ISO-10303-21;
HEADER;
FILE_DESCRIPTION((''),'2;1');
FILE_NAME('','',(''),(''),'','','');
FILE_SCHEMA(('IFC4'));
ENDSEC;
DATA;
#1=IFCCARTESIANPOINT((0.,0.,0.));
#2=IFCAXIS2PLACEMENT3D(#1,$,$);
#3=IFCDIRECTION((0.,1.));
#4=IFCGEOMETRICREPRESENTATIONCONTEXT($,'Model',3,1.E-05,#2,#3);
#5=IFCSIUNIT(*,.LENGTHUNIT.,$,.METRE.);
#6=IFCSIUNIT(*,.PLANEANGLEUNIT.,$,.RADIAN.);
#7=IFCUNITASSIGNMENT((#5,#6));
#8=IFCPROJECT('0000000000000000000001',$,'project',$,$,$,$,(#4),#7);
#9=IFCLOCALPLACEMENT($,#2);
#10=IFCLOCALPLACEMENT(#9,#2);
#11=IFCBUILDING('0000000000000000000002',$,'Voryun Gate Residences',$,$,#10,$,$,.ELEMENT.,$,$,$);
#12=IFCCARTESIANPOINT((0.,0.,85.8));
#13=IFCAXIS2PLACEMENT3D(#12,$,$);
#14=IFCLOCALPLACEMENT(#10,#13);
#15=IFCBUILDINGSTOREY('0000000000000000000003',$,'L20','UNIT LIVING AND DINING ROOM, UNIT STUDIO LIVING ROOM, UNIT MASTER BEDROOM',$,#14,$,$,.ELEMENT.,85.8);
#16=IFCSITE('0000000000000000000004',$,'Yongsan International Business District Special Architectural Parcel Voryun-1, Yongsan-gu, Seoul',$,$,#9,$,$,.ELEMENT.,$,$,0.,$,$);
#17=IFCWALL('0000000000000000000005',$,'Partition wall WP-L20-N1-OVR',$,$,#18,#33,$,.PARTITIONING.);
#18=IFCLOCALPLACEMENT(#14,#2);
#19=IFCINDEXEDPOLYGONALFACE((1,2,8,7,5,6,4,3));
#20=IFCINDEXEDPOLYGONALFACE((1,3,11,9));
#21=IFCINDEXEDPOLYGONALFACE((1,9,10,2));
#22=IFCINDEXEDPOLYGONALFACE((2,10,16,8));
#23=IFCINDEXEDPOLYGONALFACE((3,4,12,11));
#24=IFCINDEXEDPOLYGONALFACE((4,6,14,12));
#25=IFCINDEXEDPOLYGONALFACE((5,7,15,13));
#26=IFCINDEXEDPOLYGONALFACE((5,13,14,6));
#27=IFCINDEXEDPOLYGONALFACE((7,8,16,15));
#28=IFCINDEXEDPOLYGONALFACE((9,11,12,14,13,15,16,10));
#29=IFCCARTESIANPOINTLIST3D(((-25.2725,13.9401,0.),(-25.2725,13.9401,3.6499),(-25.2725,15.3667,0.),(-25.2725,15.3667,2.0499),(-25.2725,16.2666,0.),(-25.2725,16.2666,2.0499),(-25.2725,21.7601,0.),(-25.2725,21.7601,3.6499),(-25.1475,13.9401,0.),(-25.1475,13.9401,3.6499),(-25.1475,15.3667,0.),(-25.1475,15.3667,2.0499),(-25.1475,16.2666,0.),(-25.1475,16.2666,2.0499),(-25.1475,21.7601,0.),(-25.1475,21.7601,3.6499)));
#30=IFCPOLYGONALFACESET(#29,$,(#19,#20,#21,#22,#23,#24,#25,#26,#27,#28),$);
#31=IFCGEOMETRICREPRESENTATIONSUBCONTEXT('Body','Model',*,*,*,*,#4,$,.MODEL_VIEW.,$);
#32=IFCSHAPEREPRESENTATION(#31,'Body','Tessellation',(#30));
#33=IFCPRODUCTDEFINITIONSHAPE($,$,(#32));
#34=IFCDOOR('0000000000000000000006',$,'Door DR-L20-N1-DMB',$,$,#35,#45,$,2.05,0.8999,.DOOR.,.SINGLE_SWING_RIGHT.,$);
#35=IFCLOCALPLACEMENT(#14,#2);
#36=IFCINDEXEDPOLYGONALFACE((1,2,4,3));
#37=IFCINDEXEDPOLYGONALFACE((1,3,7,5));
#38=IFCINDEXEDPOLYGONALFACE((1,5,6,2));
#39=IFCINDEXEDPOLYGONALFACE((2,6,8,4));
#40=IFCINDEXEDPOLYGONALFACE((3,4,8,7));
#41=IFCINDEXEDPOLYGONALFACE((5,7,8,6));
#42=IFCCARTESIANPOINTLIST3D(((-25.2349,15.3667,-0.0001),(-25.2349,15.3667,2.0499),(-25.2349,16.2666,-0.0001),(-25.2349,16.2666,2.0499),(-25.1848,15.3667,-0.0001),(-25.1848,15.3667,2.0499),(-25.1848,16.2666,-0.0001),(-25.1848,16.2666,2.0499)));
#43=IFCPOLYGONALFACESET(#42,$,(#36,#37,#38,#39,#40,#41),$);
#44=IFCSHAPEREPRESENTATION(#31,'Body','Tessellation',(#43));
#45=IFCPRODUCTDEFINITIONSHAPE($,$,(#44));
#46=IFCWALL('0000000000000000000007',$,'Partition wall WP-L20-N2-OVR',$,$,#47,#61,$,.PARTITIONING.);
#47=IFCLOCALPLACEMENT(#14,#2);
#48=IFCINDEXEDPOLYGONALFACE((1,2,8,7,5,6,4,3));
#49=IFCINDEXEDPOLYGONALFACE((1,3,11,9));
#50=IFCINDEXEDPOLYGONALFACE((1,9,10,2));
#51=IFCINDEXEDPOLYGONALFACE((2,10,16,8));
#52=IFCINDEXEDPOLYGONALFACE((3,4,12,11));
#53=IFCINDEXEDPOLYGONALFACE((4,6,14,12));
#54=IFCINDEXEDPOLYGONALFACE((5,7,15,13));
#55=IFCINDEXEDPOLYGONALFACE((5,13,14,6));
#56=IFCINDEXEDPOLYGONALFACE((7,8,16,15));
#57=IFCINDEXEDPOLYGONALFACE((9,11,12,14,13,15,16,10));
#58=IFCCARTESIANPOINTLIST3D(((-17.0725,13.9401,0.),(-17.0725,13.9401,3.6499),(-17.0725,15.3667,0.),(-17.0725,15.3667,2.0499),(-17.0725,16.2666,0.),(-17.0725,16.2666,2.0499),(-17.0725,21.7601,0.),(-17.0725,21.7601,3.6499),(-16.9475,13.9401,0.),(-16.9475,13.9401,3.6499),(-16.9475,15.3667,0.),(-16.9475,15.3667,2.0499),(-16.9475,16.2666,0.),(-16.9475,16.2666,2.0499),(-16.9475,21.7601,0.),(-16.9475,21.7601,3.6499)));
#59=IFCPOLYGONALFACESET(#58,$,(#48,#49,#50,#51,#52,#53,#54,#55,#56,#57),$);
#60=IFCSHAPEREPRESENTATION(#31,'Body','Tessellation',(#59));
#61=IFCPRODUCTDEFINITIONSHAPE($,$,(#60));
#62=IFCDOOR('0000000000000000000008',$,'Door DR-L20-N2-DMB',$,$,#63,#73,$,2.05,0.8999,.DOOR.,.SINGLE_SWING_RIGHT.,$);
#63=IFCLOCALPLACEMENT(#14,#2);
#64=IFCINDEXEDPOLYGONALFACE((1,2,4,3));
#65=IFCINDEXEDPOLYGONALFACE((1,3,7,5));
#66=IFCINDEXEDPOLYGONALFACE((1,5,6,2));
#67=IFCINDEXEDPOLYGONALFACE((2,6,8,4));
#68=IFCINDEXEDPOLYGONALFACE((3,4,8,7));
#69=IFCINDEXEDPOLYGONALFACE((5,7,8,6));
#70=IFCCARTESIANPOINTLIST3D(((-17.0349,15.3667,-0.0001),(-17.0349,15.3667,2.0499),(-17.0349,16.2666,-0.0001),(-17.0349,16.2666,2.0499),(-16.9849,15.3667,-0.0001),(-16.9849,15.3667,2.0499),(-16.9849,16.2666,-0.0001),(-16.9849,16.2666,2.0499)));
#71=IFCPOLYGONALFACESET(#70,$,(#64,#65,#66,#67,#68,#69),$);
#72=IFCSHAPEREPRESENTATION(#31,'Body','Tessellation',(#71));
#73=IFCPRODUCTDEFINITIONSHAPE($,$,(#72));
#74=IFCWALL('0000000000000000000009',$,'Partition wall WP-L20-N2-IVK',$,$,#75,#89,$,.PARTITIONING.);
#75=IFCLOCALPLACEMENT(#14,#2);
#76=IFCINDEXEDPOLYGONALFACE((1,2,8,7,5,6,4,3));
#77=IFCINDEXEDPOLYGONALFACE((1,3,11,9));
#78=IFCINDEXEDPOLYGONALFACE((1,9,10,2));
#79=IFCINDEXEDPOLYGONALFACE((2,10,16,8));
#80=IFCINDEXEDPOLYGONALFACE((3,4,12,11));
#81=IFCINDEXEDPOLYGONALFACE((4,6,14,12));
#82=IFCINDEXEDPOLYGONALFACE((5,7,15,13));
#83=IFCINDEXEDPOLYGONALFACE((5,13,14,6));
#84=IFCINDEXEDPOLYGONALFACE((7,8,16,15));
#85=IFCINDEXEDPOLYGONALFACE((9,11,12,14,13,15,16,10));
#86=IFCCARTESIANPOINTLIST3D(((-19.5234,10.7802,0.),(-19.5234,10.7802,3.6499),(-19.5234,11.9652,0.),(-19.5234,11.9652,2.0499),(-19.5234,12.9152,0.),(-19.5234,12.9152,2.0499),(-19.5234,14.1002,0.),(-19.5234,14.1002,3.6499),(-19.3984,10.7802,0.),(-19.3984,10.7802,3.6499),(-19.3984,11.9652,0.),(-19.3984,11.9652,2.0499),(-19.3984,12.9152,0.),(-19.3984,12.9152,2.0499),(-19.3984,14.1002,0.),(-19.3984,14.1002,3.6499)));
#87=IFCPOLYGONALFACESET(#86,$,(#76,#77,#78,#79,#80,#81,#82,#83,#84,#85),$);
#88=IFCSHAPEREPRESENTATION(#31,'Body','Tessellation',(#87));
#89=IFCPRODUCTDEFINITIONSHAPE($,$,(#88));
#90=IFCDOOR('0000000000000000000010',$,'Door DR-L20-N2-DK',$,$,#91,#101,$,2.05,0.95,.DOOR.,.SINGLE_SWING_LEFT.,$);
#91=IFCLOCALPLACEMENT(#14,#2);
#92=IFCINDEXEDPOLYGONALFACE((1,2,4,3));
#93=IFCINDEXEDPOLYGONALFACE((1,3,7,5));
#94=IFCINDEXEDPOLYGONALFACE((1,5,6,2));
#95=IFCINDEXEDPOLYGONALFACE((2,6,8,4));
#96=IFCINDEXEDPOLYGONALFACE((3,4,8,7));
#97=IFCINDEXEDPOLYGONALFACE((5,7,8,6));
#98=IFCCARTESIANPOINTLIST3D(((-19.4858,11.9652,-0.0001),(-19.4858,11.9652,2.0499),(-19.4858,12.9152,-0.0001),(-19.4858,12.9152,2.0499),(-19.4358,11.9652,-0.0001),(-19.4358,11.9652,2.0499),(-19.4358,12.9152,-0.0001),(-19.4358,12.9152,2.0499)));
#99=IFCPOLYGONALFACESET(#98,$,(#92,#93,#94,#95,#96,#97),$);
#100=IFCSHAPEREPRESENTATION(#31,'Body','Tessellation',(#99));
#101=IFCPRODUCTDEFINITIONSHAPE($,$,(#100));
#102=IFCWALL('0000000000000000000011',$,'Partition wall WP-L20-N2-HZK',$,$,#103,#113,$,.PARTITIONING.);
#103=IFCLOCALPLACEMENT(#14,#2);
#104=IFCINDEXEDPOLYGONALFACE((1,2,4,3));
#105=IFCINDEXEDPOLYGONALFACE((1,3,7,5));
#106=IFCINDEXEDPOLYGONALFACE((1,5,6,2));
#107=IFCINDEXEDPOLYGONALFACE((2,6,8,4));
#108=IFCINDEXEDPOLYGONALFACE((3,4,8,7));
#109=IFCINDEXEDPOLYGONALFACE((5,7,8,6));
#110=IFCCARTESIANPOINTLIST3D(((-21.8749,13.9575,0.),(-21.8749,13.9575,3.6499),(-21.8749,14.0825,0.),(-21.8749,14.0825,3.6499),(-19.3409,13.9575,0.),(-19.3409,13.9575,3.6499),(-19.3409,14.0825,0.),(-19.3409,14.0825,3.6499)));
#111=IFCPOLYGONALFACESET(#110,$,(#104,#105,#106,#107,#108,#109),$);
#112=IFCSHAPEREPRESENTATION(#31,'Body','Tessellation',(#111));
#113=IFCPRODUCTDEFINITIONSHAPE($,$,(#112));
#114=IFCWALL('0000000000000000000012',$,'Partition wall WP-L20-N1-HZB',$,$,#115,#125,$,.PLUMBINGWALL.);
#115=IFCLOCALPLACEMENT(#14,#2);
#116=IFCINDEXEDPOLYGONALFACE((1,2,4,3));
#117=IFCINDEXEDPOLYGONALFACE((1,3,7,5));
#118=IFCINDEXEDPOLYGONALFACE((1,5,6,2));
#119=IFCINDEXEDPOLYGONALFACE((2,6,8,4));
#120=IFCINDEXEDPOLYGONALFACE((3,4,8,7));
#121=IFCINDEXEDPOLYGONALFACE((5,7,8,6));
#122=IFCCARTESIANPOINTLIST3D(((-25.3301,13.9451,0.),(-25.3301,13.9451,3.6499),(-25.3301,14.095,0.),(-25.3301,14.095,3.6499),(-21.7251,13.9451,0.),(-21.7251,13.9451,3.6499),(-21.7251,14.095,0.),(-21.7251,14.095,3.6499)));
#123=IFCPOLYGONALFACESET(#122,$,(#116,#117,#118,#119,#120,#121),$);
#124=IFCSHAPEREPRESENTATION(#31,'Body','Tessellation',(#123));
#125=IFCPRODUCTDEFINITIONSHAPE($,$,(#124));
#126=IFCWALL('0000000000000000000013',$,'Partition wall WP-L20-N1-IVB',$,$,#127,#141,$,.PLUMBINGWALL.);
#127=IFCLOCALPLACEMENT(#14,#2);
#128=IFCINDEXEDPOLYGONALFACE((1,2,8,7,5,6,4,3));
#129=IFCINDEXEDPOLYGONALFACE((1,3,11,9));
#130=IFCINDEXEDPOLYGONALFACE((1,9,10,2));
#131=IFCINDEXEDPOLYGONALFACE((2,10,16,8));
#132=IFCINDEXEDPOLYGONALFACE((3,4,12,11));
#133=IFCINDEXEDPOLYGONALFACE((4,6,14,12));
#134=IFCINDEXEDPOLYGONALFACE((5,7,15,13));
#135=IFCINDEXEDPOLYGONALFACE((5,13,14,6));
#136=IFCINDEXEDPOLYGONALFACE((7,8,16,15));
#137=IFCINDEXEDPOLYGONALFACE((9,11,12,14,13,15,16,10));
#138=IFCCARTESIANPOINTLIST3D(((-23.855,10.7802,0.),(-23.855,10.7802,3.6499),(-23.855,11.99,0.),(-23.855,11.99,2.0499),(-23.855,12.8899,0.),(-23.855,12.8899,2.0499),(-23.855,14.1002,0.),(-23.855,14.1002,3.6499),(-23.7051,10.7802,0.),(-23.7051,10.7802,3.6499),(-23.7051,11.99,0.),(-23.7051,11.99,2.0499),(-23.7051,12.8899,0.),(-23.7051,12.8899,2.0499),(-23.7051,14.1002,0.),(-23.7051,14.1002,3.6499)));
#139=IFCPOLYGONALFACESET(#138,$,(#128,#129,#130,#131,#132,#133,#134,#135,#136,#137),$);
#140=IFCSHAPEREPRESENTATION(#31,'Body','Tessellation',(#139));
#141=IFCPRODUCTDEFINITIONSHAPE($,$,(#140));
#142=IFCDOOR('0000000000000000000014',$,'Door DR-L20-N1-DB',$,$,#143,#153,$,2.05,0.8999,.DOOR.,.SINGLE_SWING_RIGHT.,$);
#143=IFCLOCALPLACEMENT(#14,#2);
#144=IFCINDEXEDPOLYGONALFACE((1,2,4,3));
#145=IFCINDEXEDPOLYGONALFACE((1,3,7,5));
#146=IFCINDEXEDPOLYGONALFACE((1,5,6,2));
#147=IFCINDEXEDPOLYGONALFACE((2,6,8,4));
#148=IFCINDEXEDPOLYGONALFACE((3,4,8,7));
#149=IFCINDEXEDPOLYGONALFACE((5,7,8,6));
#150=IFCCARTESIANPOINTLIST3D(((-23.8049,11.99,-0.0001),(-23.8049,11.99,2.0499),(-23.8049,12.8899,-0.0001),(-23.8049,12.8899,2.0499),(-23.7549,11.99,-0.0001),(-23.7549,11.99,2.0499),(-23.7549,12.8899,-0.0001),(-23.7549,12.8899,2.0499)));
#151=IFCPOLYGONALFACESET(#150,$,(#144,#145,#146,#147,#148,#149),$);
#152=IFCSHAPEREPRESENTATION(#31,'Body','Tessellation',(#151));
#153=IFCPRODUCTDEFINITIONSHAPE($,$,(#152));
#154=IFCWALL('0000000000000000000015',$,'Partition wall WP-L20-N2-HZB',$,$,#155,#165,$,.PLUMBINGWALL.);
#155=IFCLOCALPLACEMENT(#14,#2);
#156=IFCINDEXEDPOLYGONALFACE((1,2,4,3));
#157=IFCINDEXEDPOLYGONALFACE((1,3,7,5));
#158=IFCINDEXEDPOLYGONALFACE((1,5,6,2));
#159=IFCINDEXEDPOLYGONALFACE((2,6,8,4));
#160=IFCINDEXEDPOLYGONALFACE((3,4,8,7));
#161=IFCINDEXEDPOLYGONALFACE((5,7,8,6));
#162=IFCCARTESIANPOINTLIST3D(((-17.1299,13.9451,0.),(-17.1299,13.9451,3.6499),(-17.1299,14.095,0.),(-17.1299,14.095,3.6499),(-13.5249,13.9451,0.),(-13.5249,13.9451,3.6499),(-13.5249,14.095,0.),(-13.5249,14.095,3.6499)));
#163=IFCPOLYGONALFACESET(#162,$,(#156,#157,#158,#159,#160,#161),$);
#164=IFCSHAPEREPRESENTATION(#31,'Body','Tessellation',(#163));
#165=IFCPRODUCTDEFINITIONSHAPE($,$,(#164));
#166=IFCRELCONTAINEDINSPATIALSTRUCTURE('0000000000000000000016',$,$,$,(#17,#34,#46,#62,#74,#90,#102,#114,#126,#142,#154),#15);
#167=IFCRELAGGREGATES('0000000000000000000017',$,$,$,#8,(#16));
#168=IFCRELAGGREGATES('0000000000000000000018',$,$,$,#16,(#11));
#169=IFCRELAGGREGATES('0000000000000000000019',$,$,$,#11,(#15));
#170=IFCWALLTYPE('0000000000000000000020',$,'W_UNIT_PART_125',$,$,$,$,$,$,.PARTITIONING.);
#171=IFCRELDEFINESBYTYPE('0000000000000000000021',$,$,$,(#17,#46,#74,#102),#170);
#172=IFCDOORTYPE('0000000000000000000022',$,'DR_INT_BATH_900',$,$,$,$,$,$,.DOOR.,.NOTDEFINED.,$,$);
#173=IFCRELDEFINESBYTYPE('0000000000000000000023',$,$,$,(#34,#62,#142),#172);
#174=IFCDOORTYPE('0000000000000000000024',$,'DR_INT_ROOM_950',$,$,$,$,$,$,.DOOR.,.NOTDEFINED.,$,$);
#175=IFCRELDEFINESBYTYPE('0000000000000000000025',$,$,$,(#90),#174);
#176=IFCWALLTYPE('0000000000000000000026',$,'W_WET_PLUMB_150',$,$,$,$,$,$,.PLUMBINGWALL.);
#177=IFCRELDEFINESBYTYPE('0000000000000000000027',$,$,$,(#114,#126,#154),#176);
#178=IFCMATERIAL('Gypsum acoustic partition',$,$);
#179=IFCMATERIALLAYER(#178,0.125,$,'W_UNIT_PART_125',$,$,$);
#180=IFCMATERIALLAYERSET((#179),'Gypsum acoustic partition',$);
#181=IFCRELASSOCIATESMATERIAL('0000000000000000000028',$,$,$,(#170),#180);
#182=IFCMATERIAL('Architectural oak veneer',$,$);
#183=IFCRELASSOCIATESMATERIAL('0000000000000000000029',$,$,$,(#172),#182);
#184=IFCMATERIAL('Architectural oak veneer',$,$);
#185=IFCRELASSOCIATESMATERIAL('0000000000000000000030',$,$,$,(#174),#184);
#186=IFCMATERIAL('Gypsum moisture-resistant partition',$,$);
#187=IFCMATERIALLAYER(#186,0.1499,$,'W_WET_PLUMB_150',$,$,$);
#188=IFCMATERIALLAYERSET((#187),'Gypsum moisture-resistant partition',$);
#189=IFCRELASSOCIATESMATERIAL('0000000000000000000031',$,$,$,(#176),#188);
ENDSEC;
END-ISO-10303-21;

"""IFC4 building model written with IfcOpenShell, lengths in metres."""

from ifc_helpers import new_model, si_unit, direction, frame, frame_2d, origin, place, context, subcontext, project, spatial, rectangle, extrude, material, layer, layer_set, type_object, element, fill, save


model = new_model("IFC4")

# Units and contexts
model_context = context("Model", 3, precision=1e-05, world=origin(), true_north=direction((0.0, 1.0)))
body_context = subcontext(model_context, "Body", "Model", "MODEL_VIEW")
ifc_project = project(units=[si_unit("LENGTHUNIT", "METRE"), si_unit("PLANEANGLEUNIT", "RADIAN")], contexts=[model_context])

# Site, building, storey
site_placement = place(None, origin())
site = spatial("IfcSite", under=ifc_project, at=site_placement, Name="Yongsan International Business District Special Architectural Parcel Voryun-1, Yongsan-gu, Seoul", CompositionType="ELEMENT", RefElevation=0.0)
building_placement = place(site_placement, origin())
building = spatial("IfcBuilding", under=site, at=building_placement, Name="Voryun Gate Residences", CompositionType="ELEMENT")
storey_placement = place(building_placement, frame((0.0, 0.0, 85.8)))
storey = spatial("IfcBuildingStorey", under=building, at=storey_placement, Name="L20", Description="UNIT LIVING AND DINING ROOM, UNIT STUDIO LIVING ROOM, UNIT MASTER BEDROOM", CompositionType="ELEMENT", Elevation=85.8)

# Walls, openings, doors
ifc_material_1 = material(Name="Gypsum acoustic partition")
ifc_layer_1 = layer(ifc_material_1, 0.125, Name="W_UNIT_PART_125")
ifc_layer_set_1 = layer_set([ifc_layer_1], Name="Gypsum acoustic partition")
wall_type_1 = type_object("IfcWallType", Name="W_UNIT_PART_125", PredefinedType="PARTITIONING", material=ifc_layer_set_1)
wall_1_placement = place(storey_placement, frame((-25.21, 13.9399, 0.0), z_axis=(0.0, 0.0, 1.0), x_axis=(0.0, 1.0, 0.0)))
wall_1 = element("IfcWall", 1, at=wall_1_placement, inside=storey, type_object=wall_type_1, Name="Partition wall WP-L20-N1-OVR", PredefinedType="PARTITIONING", context=body_context, shape_type="SweptSolid", body=[
    extrude(rectangle(XDim=7.8201, YDim=0.125, at=frame_2d((3.9102, 0.0))), origin(), (0.0, 0.0, 1.0), 3.6499),
])
opening_1_placement = place(wall_1_placement, frame((1.4268, 0.0, 0.0)))
opening_1 = element("IfcOpeningElement", 2, at=opening_1_placement, cuts=wall_1, PredefinedType="OPENING", context=body_context, shape_type="SweptSolid", body=[
    extrude(rectangle(XDim=0.8999, YDim=2.05, at=frame_2d((0.45, 1.0249))), frame((0.0, 0.0725, 0.0), z_axis=(0.0, -1.0, 0.0), x_axis=(1.0, 0.0, 0.0)), (0.0, 0.0, 1.0), 0.145),
])
ifc_material_2 = material(Name="Architectural oak veneer")
door_type_1 = type_object("IfcDoorType", Name="DR_INT_BATH_900", OperationType="NOTDEFINED", PredefinedType="DOOR", material=ifc_material_2)
door_1_placement = place(opening_1_placement, origin())
door_1 = element("IfcDoor", 3, at=door_1_placement, inside=storey, type_object=door_type_1, Name="Door DR-L20-N1-DMB", OperationType="SINGLE_SWING_RIGHT", OverallHeight=2.05, OverallWidth=0.8999, PredefinedType="DOOR", context=body_context, shape_type="SweptSolid", body=[
    extrude(rectangle(XDim=0.8999, YDim=2.05, at=frame_2d((0.45, 1.0249))), frame((0.0, 0.0249, 0.0), z_axis=(0.0, -1.0, 0.0), x_axis=(1.0, 0.0, 0.0)), (0.0, 0.0, 1.0), 0.05),
])
fill(opening_1, door_1)
wall_2_placement = place(storey_placement, frame((-17.01, 13.9399, 0.0), z_axis=(0.0, 0.0, 1.0), x_axis=(0.0, 1.0, 0.0)))
wall_2 = element("IfcWall", 4, at=wall_2_placement, inside=storey, type_object=wall_type_1, Name="Partition wall WP-L20-N2-OVR", PredefinedType="PARTITIONING", context=body_context, shape_type="SweptSolid", body=[
    extrude(rectangle(XDim=7.8201, YDim=0.125, at=frame_2d((3.9102, 0.0))), origin(), (0.0, 0.0, 1.0), 3.6499),
])
opening_2_placement = place(wall_2_placement, frame((1.4268, 0.0, 0.0)))
opening_2 = element("IfcOpeningElement", 5, at=opening_2_placement, cuts=wall_2, PredefinedType="OPENING", context=body_context, shape_type="SweptSolid", body=[
    extrude(rectangle(XDim=0.8999, YDim=2.05, at=frame_2d((0.45, 1.0249))), frame((0.0, 0.0725, 0.0), z_axis=(0.0, -1.0, 0.0), x_axis=(1.0, 0.0, 0.0)), (0.0, 0.0, 1.0), 0.145),
])
door_2_placement = place(opening_2_placement, origin())
door_2 = element("IfcDoor", 6, at=door_2_placement, inside=storey, type_object=door_type_1, Name="Door DR-L20-N2-DMB", OperationType="SINGLE_SWING_RIGHT", OverallHeight=2.05, OverallWidth=0.8999, PredefinedType="DOOR", context=body_context, shape_type="SweptSolid", body=[
    extrude(rectangle(XDim=0.8999, YDim=2.05, at=frame_2d((0.45, 1.0249))), frame((0.0, 0.0249, 0.0), z_axis=(0.0, -1.0, 0.0), x_axis=(1.0, 0.0, 0.0)), (0.0, 0.0, 1.0), 0.05),
])
fill(opening_2, door_2)
wall_3_placement = place(storey_placement, frame((-19.4609, 10.78, 0.0), z_axis=(0.0, 0.0, 1.0), x_axis=(0.0, 1.0, 0.0)))
wall_3 = element("IfcWall", 7, at=wall_3_placement, inside=storey, type_object=wall_type_1, Name="Partition wall WP-L20-N2-IVK", PredefinedType="PARTITIONING", context=body_context, shape_type="SweptSolid", body=[
    extrude(rectangle(XDim=3.3201, YDim=0.125, at=frame_2d((1.6602, 0.0))), origin(), (0.0, 0.0, 1.0), 3.6499),
])
opening_3_placement = place(wall_3_placement, frame((1.1851, 0.0, 0.0)))
opening_3 = element("IfcOpeningElement", 8, at=opening_3_placement, cuts=wall_3, PredefinedType="OPENING", context=body_context, shape_type="SweptSolid", body=[
    extrude(rectangle(XDim=0.95, YDim=2.05, at=frame_2d((0.4751, 1.0249))), frame((0.0, 0.0725, 0.0), z_axis=(0.0, -1.0, 0.0), x_axis=(1.0, 0.0, 0.0)), (0.0, 0.0, 1.0), 0.145),
])
ifc_material_3 = material(Name="Architectural oak veneer")
door_type_2 = type_object("IfcDoorType", Name="DR_INT_ROOM_950", OperationType="NOTDEFINED", PredefinedType="DOOR", material=ifc_material_3)
door_3_placement = place(opening_3_placement, origin())
door_3 = element("IfcDoor", 9, at=door_3_placement, inside=storey, type_object=door_type_2, Name="Door DR-L20-N2-DK", OperationType="SINGLE_SWING_LEFT", OverallHeight=2.05, OverallWidth=0.95, PredefinedType="DOOR", context=body_context, shape_type="SweptSolid", body=[
    extrude(rectangle(XDim=0.95, YDim=2.05, at=frame_2d((0.4751, 1.0249))), frame((0.0, 0.0249, 0.0), z_axis=(0.0, -1.0, 0.0), x_axis=(1.0, 0.0, 0.0)), (0.0, 0.0, 1.0), 0.05),
])
fill(opening_3, door_3)

# Walls
wall_4_placement = place(storey_placement, frame((-21.875, 14.02, 0.0), z_axis=(0.0, 0.0, 1.0), x_axis=(1.0, 0.0, 0.0)))
element("IfcWall", 10, at=wall_4_placement, inside=storey, type_object=wall_type_1, Name="Partition wall WP-L20-N2-HZK", PredefinedType="PARTITIONING", context=body_context, shape_type="SweptSolid", body=[
    extrude(rectangle(XDim=2.5339, YDim=0.125, at=frame_2d((1.2671, 0.0))), origin(), (0.0, 0.0, 1.0), 3.6499),
])
ifc_material_4 = material(Name="Gypsum moisture-resistant partition")
ifc_layer_2 = layer(ifc_material_4, 0.1499, Name="W_WET_PLUMB_150")
ifc_layer_set_2 = layer_set([ifc_layer_2], Name="Gypsum moisture-resistant partition")
wall_type_2 = type_object("IfcWallType", Name="W_WET_PLUMB_150", PredefinedType="PLUMBINGWALL", material=ifc_layer_set_2)
wall_5_placement = place(storey_placement, frame((-25.3301, 14.02, 0.0), z_axis=(0.0, 0.0, 1.0), x_axis=(1.0, 0.0, 0.0)))
element("IfcWall", 11, at=wall_5_placement, inside=storey, type_object=wall_type_2, Name="Partition wall WP-L20-N1-HZB", PredefinedType="PLUMBINGWALL", context=body_context, shape_type="SweptSolid", body=[
    extrude(rectangle(XDim=3.605, YDim=0.1499, at=frame_2d((1.8025, 0.0))), origin(), (0.0, 0.0, 1.0), 3.6499),
])

# Wall, opening, door
wall_6_placement = place(storey_placement, frame((-23.78, 10.78, 0.0), z_axis=(0.0, 0.0, 1.0), x_axis=(0.0, 1.0, 0.0)))
wall_6 = element("IfcWall", 12, at=wall_6_placement, inside=storey, type_object=wall_type_2, Name="Partition wall WP-L20-N1-IVB", PredefinedType="PLUMBINGWALL", context=body_context, shape_type="SweptSolid", body=[
    extrude(rectangle(XDim=3.3201, YDim=0.1499, at=frame_2d((1.6602, 0.0))), origin(), (0.0, 0.0, 1.0), 3.6499),
])
opening_4_placement = place(wall_6_placement, frame((1.21, 0.0, 0.0)))
opening_4 = element("IfcOpeningElement", 13, at=opening_4_placement, cuts=wall_6, PredefinedType="OPENING", context=body_context, shape_type="SweptSolid", body=[
    extrude(rectangle(XDim=0.8999, YDim=2.05, at=frame_2d((0.45, 1.0249))), frame((0.0, 0.085, 0.0), z_axis=(0.0, -1.0, 0.0), x_axis=(1.0, 0.0, 0.0)), (0.0, 0.0, 1.0), 0.1699),
])
door_4_placement = place(opening_4_placement, origin())
door_4 = element("IfcDoor", 14, at=door_4_placement, inside=storey, type_object=door_type_1, Name="Door DR-L20-N1-DB", OperationType="SINGLE_SWING_RIGHT", OverallHeight=2.05, OverallWidth=0.8999, PredefinedType="DOOR", context=body_context, shape_type="SweptSolid", body=[
    extrude(rectangle(XDim=0.8999, YDim=2.05, at=frame_2d((0.45, 1.0249))), frame((0.0, 0.0249, 0.0), z_axis=(0.0, -1.0, 0.0), x_axis=(1.0, 0.0, 0.0)), (0.0, 0.0, 1.0), 0.05),
])
fill(opening_4, door_4)

# Wall
wall_7_placement = place(storey_placement, frame((-17.1299, 14.02, 0.0), z_axis=(0.0, 0.0, 1.0), x_axis=(1.0, 0.0, 0.0)))
element("IfcWall", 15, at=wall_7_placement, inside=storey, type_object=wall_type_2, Name="Partition wall WP-L20-N2-HZB", PredefinedType="PLUMBINGWALL", context=body_context, shape_type="SweptSolid", body=[
    extrude(rectangle(XDim=3.605, YDim=0.1499, at=frame_2d((1.8025, 0.0))), origin(), (0.0, 0.0, 1.0), 3.6499),
])

save(model, "model.ifc")
